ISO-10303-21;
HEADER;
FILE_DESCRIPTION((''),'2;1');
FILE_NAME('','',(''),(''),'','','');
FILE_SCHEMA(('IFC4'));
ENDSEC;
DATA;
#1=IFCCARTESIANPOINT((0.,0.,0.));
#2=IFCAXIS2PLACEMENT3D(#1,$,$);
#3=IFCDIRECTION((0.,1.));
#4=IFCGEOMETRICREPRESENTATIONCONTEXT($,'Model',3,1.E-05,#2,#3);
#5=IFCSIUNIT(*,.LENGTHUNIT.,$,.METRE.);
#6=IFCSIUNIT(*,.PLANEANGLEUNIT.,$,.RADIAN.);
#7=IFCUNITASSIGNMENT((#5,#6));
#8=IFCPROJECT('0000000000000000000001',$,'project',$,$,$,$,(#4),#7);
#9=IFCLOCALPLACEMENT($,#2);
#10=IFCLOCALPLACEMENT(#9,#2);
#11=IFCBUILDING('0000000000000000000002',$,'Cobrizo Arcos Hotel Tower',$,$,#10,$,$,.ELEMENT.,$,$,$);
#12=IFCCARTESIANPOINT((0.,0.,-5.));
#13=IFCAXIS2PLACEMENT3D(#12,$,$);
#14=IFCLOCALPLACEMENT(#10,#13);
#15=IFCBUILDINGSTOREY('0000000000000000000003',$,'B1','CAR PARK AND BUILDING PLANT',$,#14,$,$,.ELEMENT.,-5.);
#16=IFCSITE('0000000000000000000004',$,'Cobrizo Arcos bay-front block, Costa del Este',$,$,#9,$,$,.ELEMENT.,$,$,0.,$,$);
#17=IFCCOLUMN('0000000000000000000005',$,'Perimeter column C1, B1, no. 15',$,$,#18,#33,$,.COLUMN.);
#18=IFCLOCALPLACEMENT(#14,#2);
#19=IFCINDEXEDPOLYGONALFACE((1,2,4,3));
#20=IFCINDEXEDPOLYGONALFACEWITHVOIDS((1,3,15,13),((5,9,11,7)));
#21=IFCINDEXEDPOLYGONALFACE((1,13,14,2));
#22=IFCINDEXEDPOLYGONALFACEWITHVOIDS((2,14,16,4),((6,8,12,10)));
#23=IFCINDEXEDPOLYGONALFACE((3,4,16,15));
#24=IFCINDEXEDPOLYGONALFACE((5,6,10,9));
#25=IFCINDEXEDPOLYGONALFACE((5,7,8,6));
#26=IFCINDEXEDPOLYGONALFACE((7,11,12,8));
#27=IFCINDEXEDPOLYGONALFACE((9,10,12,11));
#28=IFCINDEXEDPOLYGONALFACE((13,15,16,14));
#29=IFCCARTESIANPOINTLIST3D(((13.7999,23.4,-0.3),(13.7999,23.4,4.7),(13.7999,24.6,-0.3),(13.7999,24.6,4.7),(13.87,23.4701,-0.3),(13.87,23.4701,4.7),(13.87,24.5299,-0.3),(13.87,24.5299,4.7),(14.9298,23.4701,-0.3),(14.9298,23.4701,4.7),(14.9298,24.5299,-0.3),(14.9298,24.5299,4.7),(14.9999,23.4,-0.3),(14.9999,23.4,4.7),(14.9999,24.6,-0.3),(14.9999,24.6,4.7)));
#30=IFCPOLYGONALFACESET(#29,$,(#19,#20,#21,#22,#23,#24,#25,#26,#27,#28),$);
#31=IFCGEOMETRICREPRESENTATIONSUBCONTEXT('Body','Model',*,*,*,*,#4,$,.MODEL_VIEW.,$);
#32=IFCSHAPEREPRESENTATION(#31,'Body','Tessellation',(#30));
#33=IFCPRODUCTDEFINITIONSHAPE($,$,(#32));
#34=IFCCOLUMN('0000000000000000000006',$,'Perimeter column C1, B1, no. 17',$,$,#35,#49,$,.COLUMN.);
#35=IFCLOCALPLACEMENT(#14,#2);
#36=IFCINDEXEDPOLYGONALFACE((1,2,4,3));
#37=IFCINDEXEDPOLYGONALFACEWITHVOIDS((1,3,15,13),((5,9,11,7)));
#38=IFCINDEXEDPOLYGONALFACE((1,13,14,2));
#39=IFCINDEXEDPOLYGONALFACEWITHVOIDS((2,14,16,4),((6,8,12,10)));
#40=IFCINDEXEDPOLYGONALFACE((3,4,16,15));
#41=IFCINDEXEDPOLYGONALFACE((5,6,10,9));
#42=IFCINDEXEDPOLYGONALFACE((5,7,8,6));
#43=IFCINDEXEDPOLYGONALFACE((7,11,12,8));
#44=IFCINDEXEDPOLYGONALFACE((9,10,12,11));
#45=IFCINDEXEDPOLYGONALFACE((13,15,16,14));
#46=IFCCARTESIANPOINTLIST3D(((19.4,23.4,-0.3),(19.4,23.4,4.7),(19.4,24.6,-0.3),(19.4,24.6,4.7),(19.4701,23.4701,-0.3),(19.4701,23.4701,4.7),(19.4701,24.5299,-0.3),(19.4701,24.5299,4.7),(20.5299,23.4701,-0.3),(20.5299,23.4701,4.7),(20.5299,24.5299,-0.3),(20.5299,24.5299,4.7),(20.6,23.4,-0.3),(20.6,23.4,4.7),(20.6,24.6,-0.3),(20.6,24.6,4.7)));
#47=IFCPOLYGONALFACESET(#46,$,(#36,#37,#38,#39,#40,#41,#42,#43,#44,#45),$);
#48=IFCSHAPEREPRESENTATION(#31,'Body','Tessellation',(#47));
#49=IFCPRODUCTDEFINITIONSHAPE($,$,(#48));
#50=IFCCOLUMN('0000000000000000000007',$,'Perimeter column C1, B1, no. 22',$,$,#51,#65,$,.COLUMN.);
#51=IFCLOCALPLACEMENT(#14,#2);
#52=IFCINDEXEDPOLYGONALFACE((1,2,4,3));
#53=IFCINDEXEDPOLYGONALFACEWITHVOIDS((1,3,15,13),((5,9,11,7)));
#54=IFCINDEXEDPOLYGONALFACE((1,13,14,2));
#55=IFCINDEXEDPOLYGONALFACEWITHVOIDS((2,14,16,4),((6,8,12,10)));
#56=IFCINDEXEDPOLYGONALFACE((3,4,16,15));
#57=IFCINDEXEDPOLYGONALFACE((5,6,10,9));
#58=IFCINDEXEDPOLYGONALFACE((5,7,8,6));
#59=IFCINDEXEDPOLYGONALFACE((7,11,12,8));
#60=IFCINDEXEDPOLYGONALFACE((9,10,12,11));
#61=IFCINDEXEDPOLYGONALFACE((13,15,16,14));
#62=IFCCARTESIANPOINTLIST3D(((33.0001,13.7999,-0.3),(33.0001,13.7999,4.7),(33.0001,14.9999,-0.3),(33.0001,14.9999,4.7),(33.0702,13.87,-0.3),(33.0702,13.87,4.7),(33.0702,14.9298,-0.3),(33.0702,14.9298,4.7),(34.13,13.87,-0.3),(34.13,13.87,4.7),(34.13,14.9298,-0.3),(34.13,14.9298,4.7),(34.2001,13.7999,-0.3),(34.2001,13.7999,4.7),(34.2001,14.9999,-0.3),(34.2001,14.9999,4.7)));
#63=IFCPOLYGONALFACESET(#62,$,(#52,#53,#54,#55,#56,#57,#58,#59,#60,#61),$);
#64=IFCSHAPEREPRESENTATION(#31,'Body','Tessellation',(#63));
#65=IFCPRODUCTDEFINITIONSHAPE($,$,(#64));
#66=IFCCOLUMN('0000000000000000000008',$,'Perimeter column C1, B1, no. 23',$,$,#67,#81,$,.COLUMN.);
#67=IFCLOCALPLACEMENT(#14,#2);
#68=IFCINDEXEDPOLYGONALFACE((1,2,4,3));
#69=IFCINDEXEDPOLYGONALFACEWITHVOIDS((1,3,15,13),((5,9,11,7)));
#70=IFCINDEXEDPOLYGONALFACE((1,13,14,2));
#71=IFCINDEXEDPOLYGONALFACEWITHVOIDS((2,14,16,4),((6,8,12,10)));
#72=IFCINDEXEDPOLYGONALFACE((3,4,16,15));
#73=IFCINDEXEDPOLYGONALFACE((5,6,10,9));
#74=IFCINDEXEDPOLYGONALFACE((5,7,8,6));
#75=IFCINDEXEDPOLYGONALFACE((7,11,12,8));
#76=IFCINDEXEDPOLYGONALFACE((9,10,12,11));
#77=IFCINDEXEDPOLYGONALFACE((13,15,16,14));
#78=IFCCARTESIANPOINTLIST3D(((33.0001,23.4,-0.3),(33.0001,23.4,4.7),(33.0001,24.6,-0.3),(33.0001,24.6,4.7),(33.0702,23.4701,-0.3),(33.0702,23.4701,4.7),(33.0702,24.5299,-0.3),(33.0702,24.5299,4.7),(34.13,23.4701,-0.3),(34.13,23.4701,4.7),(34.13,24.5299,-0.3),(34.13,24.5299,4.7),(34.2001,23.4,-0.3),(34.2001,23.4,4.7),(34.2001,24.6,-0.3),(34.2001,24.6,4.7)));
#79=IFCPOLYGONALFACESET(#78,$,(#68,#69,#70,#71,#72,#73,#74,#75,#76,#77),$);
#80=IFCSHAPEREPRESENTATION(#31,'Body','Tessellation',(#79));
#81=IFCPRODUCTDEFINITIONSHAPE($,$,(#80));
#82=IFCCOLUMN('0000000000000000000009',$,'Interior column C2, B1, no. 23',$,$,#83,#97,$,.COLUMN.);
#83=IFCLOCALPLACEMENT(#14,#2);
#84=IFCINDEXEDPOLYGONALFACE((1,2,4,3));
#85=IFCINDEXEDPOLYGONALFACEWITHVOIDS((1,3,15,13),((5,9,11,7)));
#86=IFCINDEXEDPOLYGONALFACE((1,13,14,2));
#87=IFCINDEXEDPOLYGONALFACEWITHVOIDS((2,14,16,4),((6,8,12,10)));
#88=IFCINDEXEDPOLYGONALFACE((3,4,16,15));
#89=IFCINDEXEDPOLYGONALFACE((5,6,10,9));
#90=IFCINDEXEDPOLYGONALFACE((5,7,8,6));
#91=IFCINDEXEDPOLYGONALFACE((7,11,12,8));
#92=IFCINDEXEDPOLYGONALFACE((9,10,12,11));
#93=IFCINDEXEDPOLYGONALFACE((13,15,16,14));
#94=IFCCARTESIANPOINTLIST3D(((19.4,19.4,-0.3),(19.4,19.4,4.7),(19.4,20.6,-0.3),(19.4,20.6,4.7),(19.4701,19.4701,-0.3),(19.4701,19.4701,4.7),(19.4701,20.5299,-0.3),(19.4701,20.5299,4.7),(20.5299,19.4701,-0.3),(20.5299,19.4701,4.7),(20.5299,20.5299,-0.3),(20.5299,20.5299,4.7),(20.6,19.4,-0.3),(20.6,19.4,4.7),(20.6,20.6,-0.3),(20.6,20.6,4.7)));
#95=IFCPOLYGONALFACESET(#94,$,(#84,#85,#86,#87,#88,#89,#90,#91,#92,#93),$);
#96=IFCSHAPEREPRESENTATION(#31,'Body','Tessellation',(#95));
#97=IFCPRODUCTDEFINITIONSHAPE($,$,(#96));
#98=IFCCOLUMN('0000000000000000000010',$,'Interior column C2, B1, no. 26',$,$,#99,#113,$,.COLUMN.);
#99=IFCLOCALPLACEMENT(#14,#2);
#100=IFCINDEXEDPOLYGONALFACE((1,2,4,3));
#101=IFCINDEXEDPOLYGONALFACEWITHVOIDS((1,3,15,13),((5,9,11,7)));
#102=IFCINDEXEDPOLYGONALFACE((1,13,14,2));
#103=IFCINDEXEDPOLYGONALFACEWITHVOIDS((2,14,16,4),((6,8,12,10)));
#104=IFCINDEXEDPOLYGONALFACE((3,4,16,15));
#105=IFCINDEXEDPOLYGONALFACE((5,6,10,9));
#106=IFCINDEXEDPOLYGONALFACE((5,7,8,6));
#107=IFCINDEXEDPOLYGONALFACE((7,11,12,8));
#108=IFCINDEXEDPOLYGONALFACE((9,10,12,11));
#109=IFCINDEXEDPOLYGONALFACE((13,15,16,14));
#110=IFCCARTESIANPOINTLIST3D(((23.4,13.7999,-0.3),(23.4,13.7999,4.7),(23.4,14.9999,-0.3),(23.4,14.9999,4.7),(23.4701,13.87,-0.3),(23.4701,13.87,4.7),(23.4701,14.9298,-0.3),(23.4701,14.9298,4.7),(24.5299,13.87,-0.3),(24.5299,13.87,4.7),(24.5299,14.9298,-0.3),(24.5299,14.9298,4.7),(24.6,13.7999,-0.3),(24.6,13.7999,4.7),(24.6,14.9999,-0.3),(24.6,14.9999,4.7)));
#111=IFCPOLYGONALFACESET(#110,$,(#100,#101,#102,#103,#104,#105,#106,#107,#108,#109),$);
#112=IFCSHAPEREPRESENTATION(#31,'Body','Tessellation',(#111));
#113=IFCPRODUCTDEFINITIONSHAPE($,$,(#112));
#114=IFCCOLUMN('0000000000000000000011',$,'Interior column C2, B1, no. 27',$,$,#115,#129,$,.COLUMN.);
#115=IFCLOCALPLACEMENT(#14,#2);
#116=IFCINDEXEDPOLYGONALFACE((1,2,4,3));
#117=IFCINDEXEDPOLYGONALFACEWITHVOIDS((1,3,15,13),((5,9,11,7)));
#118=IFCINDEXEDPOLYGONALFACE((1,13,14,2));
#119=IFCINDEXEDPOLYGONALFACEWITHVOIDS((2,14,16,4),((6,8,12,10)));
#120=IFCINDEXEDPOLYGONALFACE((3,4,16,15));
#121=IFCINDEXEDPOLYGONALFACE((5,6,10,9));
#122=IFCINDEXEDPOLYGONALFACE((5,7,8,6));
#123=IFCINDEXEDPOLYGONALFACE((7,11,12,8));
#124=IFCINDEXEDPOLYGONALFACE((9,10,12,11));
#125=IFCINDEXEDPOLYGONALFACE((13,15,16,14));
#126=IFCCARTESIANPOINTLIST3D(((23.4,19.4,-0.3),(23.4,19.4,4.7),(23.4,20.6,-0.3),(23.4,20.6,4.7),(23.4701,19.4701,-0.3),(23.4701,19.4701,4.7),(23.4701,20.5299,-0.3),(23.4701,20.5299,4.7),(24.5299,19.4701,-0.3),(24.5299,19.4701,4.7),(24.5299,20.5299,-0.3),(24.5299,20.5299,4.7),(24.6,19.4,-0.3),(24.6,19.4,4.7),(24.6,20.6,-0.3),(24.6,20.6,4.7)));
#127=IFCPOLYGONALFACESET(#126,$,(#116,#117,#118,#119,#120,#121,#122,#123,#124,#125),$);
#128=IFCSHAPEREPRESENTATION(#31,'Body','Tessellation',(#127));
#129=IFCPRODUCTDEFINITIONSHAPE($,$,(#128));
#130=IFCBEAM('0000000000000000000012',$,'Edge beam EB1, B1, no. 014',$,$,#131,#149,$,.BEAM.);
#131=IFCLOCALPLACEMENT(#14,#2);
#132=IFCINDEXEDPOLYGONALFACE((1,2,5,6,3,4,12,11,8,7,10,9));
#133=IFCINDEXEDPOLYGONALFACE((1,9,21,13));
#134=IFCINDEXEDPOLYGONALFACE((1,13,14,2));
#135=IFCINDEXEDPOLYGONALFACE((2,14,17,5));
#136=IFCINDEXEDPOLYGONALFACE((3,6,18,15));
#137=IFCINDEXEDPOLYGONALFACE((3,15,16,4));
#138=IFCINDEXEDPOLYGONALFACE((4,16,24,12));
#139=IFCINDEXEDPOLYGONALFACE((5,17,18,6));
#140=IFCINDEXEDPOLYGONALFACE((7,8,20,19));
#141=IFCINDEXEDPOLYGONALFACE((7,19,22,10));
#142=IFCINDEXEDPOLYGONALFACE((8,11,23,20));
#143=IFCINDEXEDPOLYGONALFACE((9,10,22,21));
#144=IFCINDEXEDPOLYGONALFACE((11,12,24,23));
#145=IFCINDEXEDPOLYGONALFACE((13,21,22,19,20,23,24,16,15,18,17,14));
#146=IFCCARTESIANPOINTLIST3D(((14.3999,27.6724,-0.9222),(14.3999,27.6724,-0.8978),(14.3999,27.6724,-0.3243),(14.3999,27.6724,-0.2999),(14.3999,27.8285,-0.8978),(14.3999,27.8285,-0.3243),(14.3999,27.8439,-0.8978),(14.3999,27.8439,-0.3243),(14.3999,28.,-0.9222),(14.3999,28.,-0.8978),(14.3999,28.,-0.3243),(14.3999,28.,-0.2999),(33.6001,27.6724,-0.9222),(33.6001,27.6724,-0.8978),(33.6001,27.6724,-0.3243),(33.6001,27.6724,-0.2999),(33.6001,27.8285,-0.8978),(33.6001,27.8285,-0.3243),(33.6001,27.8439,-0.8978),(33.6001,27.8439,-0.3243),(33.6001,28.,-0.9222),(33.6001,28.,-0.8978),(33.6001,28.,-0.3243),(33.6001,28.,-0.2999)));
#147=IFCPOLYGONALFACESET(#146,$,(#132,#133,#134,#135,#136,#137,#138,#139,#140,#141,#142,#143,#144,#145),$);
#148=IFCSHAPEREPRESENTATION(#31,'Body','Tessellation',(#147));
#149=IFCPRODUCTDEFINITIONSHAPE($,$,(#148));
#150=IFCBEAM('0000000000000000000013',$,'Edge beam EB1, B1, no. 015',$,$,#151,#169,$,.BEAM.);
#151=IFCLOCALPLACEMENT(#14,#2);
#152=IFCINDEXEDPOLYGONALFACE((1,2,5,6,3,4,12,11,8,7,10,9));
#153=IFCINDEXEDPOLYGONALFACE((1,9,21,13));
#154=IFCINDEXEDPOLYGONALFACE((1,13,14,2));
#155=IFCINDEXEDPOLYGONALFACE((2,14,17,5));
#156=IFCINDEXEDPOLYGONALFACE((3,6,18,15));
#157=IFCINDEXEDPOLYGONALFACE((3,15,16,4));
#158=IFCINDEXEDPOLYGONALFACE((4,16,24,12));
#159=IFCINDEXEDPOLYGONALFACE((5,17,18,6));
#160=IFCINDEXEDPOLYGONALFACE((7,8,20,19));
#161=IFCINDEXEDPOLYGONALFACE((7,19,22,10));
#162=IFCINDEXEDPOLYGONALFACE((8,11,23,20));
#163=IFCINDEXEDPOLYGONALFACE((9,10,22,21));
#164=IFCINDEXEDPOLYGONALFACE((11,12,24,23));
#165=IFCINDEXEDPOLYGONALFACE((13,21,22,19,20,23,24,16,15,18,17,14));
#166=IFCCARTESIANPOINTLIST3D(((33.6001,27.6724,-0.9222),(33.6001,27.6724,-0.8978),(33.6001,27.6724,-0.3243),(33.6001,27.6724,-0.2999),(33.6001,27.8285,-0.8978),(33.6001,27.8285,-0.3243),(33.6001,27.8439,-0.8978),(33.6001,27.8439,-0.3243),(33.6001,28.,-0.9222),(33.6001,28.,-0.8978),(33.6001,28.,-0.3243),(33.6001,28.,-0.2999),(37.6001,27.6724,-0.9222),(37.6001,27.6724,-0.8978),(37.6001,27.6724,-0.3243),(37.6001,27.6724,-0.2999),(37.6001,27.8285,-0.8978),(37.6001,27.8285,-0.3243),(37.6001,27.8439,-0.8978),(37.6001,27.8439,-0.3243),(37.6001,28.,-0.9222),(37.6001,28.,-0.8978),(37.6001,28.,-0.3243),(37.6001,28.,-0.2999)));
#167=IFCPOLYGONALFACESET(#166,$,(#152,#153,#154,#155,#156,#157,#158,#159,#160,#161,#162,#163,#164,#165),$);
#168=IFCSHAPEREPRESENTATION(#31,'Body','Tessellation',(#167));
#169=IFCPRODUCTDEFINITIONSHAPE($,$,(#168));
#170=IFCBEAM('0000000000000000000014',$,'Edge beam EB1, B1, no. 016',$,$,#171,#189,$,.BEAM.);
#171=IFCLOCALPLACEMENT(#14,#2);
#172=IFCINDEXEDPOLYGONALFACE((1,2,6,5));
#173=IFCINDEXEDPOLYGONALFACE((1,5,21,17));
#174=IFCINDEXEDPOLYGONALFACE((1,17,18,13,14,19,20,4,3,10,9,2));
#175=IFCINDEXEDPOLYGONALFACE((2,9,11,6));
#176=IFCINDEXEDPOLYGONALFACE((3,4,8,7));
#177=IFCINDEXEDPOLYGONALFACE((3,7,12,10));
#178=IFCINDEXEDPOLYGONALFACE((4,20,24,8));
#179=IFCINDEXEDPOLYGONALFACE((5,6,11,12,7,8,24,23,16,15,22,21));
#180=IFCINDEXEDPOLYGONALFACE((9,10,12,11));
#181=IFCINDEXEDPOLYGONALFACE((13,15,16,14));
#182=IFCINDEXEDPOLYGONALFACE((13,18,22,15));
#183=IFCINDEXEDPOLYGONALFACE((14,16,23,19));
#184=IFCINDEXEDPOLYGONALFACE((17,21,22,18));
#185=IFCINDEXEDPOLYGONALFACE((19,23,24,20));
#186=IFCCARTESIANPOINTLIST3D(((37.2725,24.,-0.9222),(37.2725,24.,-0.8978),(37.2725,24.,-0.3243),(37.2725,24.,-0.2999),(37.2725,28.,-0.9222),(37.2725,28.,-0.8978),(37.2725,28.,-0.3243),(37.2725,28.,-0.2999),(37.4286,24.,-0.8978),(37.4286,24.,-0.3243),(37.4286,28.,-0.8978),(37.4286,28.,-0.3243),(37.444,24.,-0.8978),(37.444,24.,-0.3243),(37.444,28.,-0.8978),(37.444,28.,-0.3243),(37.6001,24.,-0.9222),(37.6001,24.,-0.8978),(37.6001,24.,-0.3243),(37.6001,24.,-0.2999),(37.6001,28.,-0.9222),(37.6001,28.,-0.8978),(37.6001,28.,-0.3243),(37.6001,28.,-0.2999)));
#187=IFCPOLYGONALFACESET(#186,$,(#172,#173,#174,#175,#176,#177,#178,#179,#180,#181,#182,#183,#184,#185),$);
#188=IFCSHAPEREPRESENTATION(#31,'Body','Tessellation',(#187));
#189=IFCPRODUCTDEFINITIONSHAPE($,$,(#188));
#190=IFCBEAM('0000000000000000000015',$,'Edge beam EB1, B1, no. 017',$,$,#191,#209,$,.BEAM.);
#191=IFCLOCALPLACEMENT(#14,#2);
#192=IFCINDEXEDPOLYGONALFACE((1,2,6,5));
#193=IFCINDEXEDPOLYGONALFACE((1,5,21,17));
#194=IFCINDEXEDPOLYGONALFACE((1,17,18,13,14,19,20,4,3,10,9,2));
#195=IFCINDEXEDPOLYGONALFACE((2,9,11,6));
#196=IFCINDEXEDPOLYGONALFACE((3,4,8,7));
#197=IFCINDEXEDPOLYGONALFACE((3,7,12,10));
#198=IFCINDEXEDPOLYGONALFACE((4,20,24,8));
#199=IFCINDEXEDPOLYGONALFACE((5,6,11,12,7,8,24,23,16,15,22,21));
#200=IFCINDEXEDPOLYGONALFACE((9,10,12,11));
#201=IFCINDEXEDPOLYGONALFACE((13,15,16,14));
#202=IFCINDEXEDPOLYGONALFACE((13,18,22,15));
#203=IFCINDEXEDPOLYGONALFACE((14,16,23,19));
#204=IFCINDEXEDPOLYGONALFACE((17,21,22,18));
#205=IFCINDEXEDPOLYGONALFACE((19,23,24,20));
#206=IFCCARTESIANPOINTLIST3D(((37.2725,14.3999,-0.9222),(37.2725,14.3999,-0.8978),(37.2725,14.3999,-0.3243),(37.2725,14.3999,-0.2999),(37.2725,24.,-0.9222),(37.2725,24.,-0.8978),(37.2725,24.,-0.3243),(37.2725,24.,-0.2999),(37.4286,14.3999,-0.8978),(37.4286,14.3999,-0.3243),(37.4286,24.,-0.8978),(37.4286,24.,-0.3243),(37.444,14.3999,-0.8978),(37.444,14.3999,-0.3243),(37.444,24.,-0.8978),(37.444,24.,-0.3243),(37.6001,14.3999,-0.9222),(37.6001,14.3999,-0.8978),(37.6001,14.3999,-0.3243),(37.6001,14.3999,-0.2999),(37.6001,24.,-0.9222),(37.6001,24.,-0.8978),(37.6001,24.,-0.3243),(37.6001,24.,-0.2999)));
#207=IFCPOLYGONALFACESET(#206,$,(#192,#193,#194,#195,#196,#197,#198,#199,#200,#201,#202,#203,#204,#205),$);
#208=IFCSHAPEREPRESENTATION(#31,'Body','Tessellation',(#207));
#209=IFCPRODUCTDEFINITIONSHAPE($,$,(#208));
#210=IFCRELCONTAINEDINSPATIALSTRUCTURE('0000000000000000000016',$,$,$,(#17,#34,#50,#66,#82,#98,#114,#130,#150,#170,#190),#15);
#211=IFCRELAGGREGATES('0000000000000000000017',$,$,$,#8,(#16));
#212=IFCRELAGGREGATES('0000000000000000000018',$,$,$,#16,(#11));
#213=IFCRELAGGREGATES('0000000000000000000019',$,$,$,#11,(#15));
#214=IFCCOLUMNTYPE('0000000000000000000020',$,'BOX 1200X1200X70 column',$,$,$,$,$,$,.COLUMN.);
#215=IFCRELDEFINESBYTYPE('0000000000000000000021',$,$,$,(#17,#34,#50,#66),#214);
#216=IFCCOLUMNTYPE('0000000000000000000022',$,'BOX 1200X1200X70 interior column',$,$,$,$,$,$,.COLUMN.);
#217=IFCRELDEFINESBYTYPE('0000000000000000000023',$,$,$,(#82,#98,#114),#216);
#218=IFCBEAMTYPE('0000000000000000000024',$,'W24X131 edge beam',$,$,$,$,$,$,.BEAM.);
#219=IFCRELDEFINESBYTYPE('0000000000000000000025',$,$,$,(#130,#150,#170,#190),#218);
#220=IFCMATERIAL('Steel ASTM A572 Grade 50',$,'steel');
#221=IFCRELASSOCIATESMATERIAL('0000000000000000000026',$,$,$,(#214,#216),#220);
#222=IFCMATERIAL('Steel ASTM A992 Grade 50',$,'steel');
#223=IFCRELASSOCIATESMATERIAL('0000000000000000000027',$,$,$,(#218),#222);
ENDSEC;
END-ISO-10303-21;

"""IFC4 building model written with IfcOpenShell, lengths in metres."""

from ifc_helpers import new_model, si_unit, direction, frame, origin, origin_2d, place, context, subcontext, project, spatial, hollow_rectangle, i_section, extrude, material, material_profile, profile_set, type_object, element, save


model = new_model("IFC4")

# Units and contexts
model_context = context("Model", 3, precision=1e-05, world=origin(), true_north=direction((0.0, 1.0)))
body_context = subcontext(model_context, "Body", "Model", "MODEL_VIEW")
ifc_project = project(units=[si_unit("LENGTHUNIT", "METRE"), si_unit("PLANEANGLEUNIT", "RADIAN")], contexts=[model_context])

# Site, building, storey
site_placement = place(None, origin())
site = spatial("IfcSite", under=ifc_project, at=site_placement, Name="Cobrizo Arcos bay-front block, Costa del Este", CompositionType="ELEMENT", RefElevation=0.0)
building_placement = place(site_placement, origin())
building = spatial("IfcBuilding", under=site, at=building_placement, Name="Cobrizo Arcos Hotel Tower", CompositionType="ELEMENT")
storey_placement = place(building_placement, frame((0.0, 0.0, -5.0)))
storey = spatial("IfcBuildingStorey", under=building, at=storey_placement, Name="B1", Description="CAR PARK AND BUILDING PLANT", CompositionType="ELEMENT", Elevation=-5.0)

# Columns
ifc_material_1 = material(Name="Steel ASTM A572 Grade 50", Category="steel")
ifc_material_profile_1 = material_profile(ifc_material_1, hollow_rectangle(XDim=1.2, YDim=1.2, WallThickness=0.0701, at=origin_2d()), Name="BOX 1200X1200X70")
ifc_profile_set_1 = profile_set([ifc_material_profile_1], Name="Steel ASTM A572 Grade 50")
column_type_1 = type_object("IfcColumnType", Name="BOX 1200X1200X70 column", PredefinedType="COLUMN", material=ifc_profile_set_1)
for number, where, z_axis, x_axis, name in (
    (1, (14.3999, 24.0, -0.3), (0.0, 0.0, 1.0), (1.0, 0.0, 0.0), "Perimeter column C1, B1, no. 15"),
    (2, (20.0, 24.0, -0.3), (0.0, 0.0, 1.0), (1.0, 0.0, 0.0), "Perimeter column C1, B1, no. 17"),
    (3, (33.6001, 14.3999, -0.3), (0.0, 0.0, 1.0), (1.0, 0.0, 0.0), "Perimeter column C1, B1, no. 22"),
    (4, (33.6001, 24.0, -0.3), (0.0, 0.0, 1.0), (1.0, 0.0, 0.0), "Perimeter column C1, B1, no. 23"),
):
    element("IfcColumn", number, at=place(storey_placement, frame(where, z_axis=z_axis, x_axis=x_axis)), inside=storey, type_object=column_type_1, Name=name, PredefinedType="COLUMN", context=body_context, shape_type="SweptSolid", body=[
        extrude(hollow_rectangle(XDim=1.2, YDim=1.2, WallThickness=0.0701, at=origin_2d()), origin(), (0.0, 0.0, 1.0), 5.0),
    ])
ifc_material_profile_2 = material_profile(ifc_material_1, hollow_rectangle(XDim=1.2, YDim=1.2, WallThickness=0.0701, at=origin_2d()), Name="BOX 1200X1200X70")
ifc_profile_set_2 = profile_set([ifc_material_profile_2], Name="Steel ASTM A572 Grade 50")
column_type_2 = type_object("IfcColumnType", Name="BOX 1200X1200X70 interior column", PredefinedType="COLUMN", material=ifc_profile_set_2)
for number, where, z_axis, x_axis, name in (
    (5, (20.0, 20.0, -0.3), (0.0, 0.0, 1.0), (1.0, 0.0, 0.0), "Interior column C2, B1, no. 23"),
    (6, (24.0, 14.3999, -0.3), (0.0, 0.0, 1.0), (1.0, 0.0, 0.0), "Interior column C2, B1, no. 26"),
    (7, (24.0, 20.0, -0.3), (0.0, 0.0, 1.0), (1.0, 0.0, 0.0), "Interior column C2, B1, no. 27"),
):
    element("IfcColumn", number, at=place(storey_placement, frame(where, z_axis=z_axis, x_axis=x_axis)), inside=storey, type_object=column_type_2, Name=name, PredefinedType="COLUMN", context=body_context, shape_type="SweptSolid", body=[
        extrude(hollow_rectangle(XDim=1.2, YDim=1.2, WallThickness=0.0701, at=origin_2d()), origin(), (0.0, 0.0, 1.0), 5.0),
    ])

# Beams
ifc_material_2 = material(Name="Steel ASTM A992 Grade 50", Category="steel")
ifc_material_profile_3 = material_profile(ifc_material_2, i_section(OverallWidth=0.3276, OverallDepth=0.6223, WebThickness=0.0154, FlangeThickness=0.0244, at=origin_2d()), Name="W24X131")
ifc_profile_set_3 = profile_set([ifc_material_profile_3], Name="Steel ASTM A992 Grade 50")
beam_type_1 = type_object("IfcBeamType", Name="W24X131 edge beam", PredefinedType="BEAM", material=ifc_profile_set_3)
beam_1_placement = place(storey_placement, frame((14.3999, 27.8362, -0.6111), z_axis=(1.0, 0.0, 0.0), x_axis=(0.0, 1.0, 0.0)))
element("IfcBeam", 8, at=beam_1_placement, inside=storey, type_object=beam_type_1, Name="Edge beam EB1, B1, no. 014", PredefinedType="BEAM", context=body_context, shape_type="SweptSolid", body=[
    extrude(i_section(OverallWidth=0.3276, OverallDepth=0.6223, WebThickness=0.0154, FlangeThickness=0.0244, at=origin_2d()), origin(), (0.0, 0.0, 1.0), 19.2002),
])
for number, where, z_axis, x_axis, name in (
    (9, (33.6001, 27.8362, -0.6111), (1.0, 0.0, 0.0), (0.0, 1.0, 0.0), "Edge beam EB1, B1, no. 015"),
    (10, (37.4363, 28.0, -0.6111), (0.0, -1.0, 0.0), (1.0, 0.0, 0.0), "Edge beam EB1, B1, no. 016"),
):
    element("IfcBeam", number, at=place(storey_placement, frame(where, z_axis=z_axis, x_axis=x_axis)), inside=storey, type_object=beam_type_1, Name=name, PredefinedType="BEAM", context=body_context, shape_type="SweptSolid", body=[
        extrude(i_section(OverallWidth=0.3276, OverallDepth=0.6223, WebThickness=0.0154, FlangeThickness=0.0244, at=origin_2d()), origin(), (0.0, 0.0, 1.0), 4.0),
    ])
beam_2_placement = place(storey_placement, frame((37.4363, 24.0, -0.6111), z_axis=(0.0, -1.0, 0.0), x_axis=(1.0, 0.0, 0.0)))
element("IfcBeam", 11, at=beam_2_placement, inside=storey, type_object=beam_type_1, Name="Edge beam EB1, B1, no. 017", PredefinedType="BEAM", context=body_context, shape_type="SweptSolid", body=[
    extrude(i_section(OverallWidth=0.3276, OverallDepth=0.6223, WebThickness=0.0154, FlangeThickness=0.0244, at=origin_2d()), origin(), (0.0, 0.0, 1.0), 9.6001),
])

save(model, "model.ifc")
